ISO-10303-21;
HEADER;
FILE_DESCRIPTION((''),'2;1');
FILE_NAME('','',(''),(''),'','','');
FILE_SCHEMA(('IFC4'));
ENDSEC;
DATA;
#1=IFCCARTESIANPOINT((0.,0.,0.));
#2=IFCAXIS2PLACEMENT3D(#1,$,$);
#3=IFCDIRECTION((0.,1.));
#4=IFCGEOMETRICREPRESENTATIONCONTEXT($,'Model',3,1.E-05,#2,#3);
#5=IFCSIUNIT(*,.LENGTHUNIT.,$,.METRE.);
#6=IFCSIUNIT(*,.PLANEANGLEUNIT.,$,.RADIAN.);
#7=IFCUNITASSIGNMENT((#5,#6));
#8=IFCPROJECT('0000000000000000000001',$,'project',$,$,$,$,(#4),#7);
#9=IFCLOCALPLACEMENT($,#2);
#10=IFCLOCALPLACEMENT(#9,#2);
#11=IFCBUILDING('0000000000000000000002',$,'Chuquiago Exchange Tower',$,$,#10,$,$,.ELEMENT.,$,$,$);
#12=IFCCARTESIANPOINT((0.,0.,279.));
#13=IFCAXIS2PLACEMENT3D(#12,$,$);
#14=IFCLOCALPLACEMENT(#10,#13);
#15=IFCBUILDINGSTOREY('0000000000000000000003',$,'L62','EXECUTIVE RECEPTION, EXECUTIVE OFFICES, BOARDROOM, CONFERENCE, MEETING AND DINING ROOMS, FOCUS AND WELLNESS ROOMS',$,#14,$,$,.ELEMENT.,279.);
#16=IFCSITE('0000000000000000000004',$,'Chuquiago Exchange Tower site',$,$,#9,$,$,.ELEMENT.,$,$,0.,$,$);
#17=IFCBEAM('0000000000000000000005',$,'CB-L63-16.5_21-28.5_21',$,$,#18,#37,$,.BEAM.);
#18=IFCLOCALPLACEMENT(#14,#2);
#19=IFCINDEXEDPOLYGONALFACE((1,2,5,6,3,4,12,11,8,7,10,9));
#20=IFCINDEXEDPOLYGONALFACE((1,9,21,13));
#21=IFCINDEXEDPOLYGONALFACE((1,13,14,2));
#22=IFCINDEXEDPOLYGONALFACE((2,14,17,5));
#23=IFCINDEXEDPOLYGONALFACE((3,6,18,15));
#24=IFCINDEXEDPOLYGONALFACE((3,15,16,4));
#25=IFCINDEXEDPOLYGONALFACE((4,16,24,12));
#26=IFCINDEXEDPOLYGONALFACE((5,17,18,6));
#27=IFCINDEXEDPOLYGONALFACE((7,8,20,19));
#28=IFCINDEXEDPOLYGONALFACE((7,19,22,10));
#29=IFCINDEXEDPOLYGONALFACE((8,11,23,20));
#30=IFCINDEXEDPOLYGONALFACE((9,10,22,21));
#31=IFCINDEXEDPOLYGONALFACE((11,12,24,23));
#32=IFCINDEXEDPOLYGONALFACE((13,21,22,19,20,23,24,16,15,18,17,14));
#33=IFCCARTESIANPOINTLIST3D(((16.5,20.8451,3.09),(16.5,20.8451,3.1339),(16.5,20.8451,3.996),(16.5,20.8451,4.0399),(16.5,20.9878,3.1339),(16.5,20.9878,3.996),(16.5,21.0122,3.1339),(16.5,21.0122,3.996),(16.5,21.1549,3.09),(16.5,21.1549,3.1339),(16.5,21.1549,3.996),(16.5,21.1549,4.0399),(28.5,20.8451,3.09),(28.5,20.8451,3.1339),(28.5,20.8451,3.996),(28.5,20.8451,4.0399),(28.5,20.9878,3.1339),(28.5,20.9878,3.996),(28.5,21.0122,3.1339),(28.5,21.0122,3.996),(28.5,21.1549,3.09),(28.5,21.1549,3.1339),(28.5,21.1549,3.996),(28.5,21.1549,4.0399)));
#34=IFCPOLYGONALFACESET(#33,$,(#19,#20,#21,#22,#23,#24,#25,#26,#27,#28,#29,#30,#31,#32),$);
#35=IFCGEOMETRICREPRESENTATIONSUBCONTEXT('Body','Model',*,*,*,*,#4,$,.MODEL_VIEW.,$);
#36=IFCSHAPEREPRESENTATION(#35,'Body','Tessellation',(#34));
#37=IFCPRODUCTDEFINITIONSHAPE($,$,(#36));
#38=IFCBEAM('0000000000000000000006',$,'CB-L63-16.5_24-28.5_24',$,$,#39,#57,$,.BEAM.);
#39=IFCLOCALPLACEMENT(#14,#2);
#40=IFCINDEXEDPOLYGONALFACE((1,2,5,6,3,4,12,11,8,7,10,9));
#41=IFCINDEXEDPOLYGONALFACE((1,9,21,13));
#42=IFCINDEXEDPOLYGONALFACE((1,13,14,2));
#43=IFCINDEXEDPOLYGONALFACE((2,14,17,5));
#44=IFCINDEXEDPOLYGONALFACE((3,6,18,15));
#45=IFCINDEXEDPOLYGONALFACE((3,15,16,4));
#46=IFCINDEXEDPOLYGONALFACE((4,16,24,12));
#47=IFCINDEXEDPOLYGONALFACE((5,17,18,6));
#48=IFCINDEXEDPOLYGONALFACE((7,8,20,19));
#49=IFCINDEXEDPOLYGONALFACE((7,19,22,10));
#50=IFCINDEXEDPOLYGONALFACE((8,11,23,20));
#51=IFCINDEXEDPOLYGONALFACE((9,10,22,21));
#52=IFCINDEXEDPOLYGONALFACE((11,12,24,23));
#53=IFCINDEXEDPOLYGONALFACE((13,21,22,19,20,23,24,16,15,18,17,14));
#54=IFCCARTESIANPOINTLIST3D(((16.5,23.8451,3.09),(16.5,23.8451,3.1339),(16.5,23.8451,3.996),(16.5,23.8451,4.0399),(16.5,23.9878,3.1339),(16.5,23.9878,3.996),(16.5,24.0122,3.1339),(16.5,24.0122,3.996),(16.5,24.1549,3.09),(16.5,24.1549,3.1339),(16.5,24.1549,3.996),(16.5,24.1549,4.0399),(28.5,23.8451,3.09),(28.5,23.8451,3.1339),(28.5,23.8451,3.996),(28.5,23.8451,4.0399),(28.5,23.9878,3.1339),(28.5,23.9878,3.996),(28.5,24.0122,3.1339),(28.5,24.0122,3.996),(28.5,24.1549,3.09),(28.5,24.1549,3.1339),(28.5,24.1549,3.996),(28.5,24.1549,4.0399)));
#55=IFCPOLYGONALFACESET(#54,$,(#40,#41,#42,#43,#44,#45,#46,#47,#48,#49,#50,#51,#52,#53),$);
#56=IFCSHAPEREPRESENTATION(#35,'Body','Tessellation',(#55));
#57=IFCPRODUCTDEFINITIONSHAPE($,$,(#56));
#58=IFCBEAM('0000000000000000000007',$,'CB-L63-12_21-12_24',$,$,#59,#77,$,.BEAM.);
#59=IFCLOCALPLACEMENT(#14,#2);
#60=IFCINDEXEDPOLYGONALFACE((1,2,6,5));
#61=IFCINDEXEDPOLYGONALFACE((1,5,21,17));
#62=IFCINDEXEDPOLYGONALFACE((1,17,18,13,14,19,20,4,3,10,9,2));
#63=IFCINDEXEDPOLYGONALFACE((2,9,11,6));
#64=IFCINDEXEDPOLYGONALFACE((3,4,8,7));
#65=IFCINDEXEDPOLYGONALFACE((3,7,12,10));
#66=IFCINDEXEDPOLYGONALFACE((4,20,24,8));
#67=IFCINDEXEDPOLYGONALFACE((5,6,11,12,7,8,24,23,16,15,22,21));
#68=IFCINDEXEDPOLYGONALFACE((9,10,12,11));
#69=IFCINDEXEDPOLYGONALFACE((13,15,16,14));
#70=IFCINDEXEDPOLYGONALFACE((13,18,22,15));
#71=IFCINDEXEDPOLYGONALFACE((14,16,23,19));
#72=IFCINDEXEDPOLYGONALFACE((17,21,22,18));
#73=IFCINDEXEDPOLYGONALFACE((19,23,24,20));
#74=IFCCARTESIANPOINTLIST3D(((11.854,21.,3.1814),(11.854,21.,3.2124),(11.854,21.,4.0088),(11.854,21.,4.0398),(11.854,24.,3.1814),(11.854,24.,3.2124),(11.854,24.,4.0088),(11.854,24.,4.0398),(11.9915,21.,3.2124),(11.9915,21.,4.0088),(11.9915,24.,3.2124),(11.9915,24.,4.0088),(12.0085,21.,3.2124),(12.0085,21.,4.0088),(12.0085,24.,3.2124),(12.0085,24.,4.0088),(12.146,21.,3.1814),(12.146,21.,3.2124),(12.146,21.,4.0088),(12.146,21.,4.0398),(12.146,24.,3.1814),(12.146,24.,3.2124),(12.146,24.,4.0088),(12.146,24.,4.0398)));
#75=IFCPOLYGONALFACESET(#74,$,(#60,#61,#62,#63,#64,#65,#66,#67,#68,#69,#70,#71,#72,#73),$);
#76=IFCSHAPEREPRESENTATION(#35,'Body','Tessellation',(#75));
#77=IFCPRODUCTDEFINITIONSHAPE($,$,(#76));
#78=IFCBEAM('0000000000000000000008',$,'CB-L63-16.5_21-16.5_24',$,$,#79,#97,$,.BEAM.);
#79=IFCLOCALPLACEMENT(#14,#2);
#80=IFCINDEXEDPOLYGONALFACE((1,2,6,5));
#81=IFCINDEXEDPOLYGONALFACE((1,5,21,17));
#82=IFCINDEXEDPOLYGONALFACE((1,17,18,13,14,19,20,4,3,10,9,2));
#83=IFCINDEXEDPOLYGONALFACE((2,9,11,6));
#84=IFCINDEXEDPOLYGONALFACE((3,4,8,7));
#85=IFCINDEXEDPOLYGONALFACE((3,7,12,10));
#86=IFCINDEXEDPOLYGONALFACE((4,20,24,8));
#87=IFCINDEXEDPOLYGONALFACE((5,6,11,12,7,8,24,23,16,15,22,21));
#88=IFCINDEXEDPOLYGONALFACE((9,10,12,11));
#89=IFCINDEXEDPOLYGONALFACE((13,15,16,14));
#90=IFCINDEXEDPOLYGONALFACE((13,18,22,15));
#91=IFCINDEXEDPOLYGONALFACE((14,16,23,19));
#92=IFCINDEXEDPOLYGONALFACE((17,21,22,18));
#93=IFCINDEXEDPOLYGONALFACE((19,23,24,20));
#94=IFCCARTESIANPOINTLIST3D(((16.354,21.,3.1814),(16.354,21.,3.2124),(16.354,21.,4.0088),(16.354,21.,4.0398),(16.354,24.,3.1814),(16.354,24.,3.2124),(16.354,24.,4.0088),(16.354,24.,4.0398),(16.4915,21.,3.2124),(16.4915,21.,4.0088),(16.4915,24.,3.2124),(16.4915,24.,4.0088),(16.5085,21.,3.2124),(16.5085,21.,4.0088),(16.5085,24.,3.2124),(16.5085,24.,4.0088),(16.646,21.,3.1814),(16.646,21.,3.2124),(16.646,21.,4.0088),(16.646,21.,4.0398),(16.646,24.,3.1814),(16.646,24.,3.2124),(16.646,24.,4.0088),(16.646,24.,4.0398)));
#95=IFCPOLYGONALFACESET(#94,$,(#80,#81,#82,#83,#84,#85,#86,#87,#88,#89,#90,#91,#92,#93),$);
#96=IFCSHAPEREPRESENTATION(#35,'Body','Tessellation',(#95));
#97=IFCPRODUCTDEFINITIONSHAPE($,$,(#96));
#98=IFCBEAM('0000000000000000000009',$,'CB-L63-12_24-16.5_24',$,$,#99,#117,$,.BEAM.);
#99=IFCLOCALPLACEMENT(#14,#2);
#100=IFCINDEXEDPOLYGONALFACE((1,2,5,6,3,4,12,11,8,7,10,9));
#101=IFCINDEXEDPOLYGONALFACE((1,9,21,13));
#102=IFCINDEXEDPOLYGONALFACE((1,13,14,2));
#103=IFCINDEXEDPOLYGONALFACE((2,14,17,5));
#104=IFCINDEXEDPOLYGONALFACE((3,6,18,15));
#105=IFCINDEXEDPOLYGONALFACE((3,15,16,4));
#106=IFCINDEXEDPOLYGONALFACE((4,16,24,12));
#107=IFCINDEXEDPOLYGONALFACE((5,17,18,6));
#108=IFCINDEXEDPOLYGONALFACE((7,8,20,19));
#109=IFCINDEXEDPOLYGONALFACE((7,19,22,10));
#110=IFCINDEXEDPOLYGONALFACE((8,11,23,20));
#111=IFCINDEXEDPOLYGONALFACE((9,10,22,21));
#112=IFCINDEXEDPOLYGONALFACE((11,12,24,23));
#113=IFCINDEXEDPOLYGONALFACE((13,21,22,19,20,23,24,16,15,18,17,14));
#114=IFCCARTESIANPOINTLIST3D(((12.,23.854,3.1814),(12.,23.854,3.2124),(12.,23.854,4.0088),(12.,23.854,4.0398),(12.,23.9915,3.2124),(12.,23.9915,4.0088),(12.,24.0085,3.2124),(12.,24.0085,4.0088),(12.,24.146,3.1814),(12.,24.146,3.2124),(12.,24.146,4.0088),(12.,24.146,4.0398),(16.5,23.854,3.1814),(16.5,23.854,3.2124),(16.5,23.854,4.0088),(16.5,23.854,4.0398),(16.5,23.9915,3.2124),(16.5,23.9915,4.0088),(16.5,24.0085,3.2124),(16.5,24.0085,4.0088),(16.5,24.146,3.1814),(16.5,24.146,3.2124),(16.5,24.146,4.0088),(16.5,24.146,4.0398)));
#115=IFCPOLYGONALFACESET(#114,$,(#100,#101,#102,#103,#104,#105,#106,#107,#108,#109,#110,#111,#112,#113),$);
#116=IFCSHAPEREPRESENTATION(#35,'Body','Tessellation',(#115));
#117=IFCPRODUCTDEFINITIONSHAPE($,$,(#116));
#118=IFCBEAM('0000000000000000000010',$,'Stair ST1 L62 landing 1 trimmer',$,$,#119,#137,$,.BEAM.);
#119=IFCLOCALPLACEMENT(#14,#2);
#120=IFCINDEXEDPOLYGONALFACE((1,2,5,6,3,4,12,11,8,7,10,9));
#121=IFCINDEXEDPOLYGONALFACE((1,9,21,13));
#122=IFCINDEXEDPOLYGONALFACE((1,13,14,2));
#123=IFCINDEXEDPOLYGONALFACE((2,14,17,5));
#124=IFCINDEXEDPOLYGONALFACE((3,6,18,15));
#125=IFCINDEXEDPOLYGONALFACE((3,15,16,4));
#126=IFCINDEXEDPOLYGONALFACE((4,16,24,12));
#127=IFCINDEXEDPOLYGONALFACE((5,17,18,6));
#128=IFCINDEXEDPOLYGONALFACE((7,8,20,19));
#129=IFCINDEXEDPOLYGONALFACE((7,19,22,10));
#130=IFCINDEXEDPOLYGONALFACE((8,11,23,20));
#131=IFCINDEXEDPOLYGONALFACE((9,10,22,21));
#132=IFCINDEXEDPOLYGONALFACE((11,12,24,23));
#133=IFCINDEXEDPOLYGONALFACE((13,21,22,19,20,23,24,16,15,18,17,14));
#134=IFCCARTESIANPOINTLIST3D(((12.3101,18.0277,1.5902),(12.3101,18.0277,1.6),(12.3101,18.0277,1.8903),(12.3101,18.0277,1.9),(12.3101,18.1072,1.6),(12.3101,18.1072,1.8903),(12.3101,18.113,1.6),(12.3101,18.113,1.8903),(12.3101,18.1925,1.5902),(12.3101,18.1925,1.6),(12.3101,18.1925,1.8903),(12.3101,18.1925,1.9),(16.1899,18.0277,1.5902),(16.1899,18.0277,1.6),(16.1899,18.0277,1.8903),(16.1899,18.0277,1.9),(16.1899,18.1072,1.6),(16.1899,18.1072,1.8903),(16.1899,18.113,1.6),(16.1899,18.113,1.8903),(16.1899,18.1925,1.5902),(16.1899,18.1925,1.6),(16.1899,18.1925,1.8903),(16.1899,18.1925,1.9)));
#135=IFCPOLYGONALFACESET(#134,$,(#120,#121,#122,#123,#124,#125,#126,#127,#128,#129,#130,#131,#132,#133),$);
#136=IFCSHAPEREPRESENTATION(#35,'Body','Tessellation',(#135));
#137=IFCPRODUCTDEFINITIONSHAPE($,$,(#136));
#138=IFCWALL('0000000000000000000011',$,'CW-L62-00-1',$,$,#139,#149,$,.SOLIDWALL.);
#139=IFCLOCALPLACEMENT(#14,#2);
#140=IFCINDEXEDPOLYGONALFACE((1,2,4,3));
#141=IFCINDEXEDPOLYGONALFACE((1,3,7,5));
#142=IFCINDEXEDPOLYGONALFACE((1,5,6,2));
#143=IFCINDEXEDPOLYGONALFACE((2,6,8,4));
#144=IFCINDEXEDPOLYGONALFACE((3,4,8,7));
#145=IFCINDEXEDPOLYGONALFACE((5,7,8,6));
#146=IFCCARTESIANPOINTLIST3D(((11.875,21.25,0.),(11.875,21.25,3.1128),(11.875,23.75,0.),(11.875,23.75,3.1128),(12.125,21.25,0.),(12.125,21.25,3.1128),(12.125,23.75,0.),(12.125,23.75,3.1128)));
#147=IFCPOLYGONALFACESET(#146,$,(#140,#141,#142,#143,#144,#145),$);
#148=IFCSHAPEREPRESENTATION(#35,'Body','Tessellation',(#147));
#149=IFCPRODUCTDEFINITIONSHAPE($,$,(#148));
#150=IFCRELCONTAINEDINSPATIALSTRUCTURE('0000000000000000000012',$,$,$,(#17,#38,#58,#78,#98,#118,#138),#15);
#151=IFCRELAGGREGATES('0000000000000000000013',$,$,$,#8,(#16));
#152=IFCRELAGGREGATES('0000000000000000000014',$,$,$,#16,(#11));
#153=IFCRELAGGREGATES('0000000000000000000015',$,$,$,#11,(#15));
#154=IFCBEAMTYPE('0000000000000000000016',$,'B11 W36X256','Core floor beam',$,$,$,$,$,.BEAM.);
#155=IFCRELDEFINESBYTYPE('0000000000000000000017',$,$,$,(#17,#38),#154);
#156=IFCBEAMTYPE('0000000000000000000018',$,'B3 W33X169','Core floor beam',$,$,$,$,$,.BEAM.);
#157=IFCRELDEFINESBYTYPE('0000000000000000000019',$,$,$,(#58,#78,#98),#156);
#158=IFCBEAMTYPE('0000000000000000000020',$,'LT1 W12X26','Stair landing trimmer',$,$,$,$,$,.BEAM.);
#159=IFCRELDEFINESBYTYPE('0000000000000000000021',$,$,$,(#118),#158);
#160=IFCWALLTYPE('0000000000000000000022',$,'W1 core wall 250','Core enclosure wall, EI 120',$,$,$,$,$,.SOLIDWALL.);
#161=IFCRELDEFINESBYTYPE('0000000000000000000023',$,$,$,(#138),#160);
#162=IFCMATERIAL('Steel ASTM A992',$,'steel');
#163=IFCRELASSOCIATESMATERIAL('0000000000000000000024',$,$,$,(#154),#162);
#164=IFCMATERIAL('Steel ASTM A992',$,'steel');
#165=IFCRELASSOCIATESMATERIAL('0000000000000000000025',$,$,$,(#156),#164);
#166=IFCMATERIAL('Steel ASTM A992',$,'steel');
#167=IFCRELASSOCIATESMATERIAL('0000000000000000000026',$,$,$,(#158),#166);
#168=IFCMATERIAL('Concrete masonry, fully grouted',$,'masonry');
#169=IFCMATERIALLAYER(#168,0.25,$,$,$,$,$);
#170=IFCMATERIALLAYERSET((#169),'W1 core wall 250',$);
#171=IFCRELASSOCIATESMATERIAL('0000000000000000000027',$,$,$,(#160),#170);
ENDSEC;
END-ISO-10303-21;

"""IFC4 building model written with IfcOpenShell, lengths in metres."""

from ifc_helpers import new_model, si_unit, direction, frame, frame_2d, origin, origin_2d, place, context, subcontext, project, spatial, rectangle, i_section, extrude, material, layer, layer_set, material_profile, profile_set, type_object, element, save


model = new_model("IFC4")

# Units and contexts
model_context = context("Model", 3, precision=1e-05, world=origin(), true_north=direction((0.0, 1.0)))
body_context = subcontext(model_context, "Body", "Model", "MODEL_VIEW")
ifc_project = project(units=[si_unit("LENGTHUNIT", "METRE"), si_unit("PLANEANGLEUNIT", "RADIAN")], contexts=[model_context])

# Site, building, storey
site_placement = place(None, origin())
site = spatial("IfcSite", under=ifc_project, at=site_placement, Name="Chuquiago Exchange Tower site", CompositionType="ELEMENT", RefElevation=0.0)
building_placement = place(site_placement, origin())
building = spatial("IfcBuilding", under=site, at=building_placement, Name="Chuquiago Exchange Tower", CompositionType="ELEMENT")
storey_placement = place(building_placement, frame((0.0, 0.0, 279.0)))
storey = spatial("IfcBuildingStorey", under=building, at=storey_placement, Name="L62", Description="EXECUTIVE RECEPTION, EXECUTIVE OFFICES, BOARDROOM, CONFERENCE, MEETING AND DINING ROOMS, FOCUS AND WELLNESS ROOMS", CompositionType="ELEMENT", Elevation=279.0)

# Beams
ifc_material_1 = material(Name="Steel ASTM A992", Category="steel")
ifc_material_profile_1 = material_profile(ifc_material_1, i_section(OverallWidth=0.3098, OverallDepth=0.95, WebThickness=0.0244, FlangeThickness=0.0439, at=origin_2d()), Name="W36X256")
ifc_profile_set_1 = profile_set([ifc_material_profile_1], Name="Steel ASTM A992")
beam_type_1 = type_object("IfcBeamType", Name="B11 W36X256", Description="Core floor beam", PredefinedType="BEAM", material=ifc_profile_set_1)
for number, where, z_axis, x_axis, name in (
    (1, (16.5, 21.0, 3.5649), (1.0, 0.0, 0.0), (0.0, 1.0, 0.0), "CB-L63-16.5_21-28.5_21"),
    (2, (16.5, 24.0, 3.5649), (1.0, 0.0, 0.0), (0.0, 1.0, 0.0), "CB-L63-16.5_24-28.5_24"),
):
    element("IfcBeam", number, at=place(storey_placement, frame(where, z_axis=z_axis, x_axis=x_axis)), inside=storey, type_object=beam_type_1, Name=name, PredefinedType="BEAM", context=body_context, shape_type="SweptSolid", body=[
        extrude(i_section(OverallWidth=0.3098, OverallDepth=0.95, WebThickness=0.0244, FlangeThickness=0.0439, at=origin_2d()), origin(), (0.0, 0.0, 1.0), 12.0),
    ])
ifc_material_2 = material(Name="Steel ASTM A992", Category="steel")
ifc_material_profile_2 = material_profile(ifc_material_2, i_section(OverallWidth=0.292, OverallDepth=0.8584, WebThickness=0.0171, FlangeThickness=0.031, at=origin_2d()), Name="W33X169")
ifc_profile_set_2 = profile_set([ifc_material_profile_2], Name="Steel ASTM A992")
beam_type_2 = type_object("IfcBeamType", Name="B3 W33X169", Description="Core floor beam", PredefinedType="BEAM", material=ifc_profile_set_2)
for number, where, z_axis, x_axis, name in (
    (3, (12.0, 21.0, 3.6106), (0.0, 1.0, 0.0), (-1.0, 0.0, 0.0), "CB-L63-12_21-12_24"),
    (4, (16.5, 21.0, 3.6106), (0.0, 1.0, 0.0), (-1.0, 0.0, 0.0), "CB-L63-16.5_21-16.5_24"),
):
    element("IfcBeam", number, at=place(storey_placement, frame(where, z_axis=z_axis, x_axis=x_axis)), inside=storey, type_object=beam_type_2, Name=name, PredefinedType="BEAM", context=body_context, shape_type="SweptSolid", body=[
        extrude(i_section(OverallWidth=0.292, OverallDepth=0.8584, WebThickness=0.0171, FlangeThickness=0.031, at=origin_2d()), origin(), (0.0, 0.0, 1.0), 3.0),
    ])
beam_1_placement = place(storey_placement, frame((12.0, 24.0, 3.6106), z_axis=(1.0, 0.0, 0.0), x_axis=(0.0, 1.0, 0.0)))
element("IfcBeam", 5, at=beam_1_placement, inside=storey, type_object=beam_type_2, Name="CB-L63-12_24-16.5_24", PredefinedType="BEAM", context=body_context, shape_type="SweptSolid", body=[
    extrude(i_section(OverallWidth=0.292, OverallDepth=0.8584, WebThickness=0.0171, FlangeThickness=0.031, at=origin_2d()), origin(), (0.0, 0.0, 1.0), 4.5),
])
ifc_material_3 = material(Name="Steel ASTM A992", Category="steel")
ifc_material_profile_3 = material_profile(ifc_material_3, i_section(OverallWidth=0.1648, OverallDepth=0.3098, WebThickness=0.0059, FlangeThickness=0.0098, at=origin_2d()), Name="W12X26")
ifc_profile_set_3 = profile_set([ifc_material_profile_3], Name="Steel ASTM A992")
beam_type_3 = type_object("IfcBeamType", Name="LT1 W12X26", Description="Stair landing trimmer", PredefinedType="BEAM", material=ifc_profile_set_3)
beam_2_placement = place(storey_placement, frame((12.3101, 18.1101, 1.7451), z_axis=(1.0, 0.0, 0.0), x_axis=(0.0, 1.0, 0.0)))
element("IfcBeam", 6, at=beam_2_placement, inside=storey, type_object=beam_type_3, Name="Stair ST1 L62 landing 1 trimmer", PredefinedType="BEAM", context=body_context, shape_type="SweptSolid", body=[
    extrude(i_section(OverallWidth=0.1648, OverallDepth=0.3098, WebThickness=0.0059, FlangeThickness=0.0098, at=origin_2d()), origin(), (0.0, 0.0, 1.0), 3.8799),
])

# Wall
ifc_material_4 = material(Name="Concrete masonry, fully grouted", Category="masonry")
ifc_layer_1 = layer(ifc_material_4, 0.25)
ifc_layer_set_1 = layer_set([ifc_layer_1], Name="W1 core wall 250")
wall_type_1 = type_object("IfcWallType", Name="W1 core wall 250", Description="Core enclosure wall, EI 120", PredefinedType="SOLIDWALL", material=ifc_layer_set_1)
wall_1_placement = place(storey_placement, frame((12.0, 21.25, 0.0), z_axis=(0.0, 0.0, 1.0), x_axis=(0.0, 1.0, 0.0)))
element("IfcWall", 7, at=wall_1_placement, inside=storey, type_object=wall_type_1, Name="CW-L62-00-1", PredefinedType="SOLIDWALL", context=body_context, shape_type="SweptSolid", body=[
    extrude(rectangle(XDim=2.5, YDim=0.25, at=frame_2d((1.25, 0.0))), origin(), (0.0, 0.0, 1.0), 3.1128),
])

save(model, "model.ifc")
